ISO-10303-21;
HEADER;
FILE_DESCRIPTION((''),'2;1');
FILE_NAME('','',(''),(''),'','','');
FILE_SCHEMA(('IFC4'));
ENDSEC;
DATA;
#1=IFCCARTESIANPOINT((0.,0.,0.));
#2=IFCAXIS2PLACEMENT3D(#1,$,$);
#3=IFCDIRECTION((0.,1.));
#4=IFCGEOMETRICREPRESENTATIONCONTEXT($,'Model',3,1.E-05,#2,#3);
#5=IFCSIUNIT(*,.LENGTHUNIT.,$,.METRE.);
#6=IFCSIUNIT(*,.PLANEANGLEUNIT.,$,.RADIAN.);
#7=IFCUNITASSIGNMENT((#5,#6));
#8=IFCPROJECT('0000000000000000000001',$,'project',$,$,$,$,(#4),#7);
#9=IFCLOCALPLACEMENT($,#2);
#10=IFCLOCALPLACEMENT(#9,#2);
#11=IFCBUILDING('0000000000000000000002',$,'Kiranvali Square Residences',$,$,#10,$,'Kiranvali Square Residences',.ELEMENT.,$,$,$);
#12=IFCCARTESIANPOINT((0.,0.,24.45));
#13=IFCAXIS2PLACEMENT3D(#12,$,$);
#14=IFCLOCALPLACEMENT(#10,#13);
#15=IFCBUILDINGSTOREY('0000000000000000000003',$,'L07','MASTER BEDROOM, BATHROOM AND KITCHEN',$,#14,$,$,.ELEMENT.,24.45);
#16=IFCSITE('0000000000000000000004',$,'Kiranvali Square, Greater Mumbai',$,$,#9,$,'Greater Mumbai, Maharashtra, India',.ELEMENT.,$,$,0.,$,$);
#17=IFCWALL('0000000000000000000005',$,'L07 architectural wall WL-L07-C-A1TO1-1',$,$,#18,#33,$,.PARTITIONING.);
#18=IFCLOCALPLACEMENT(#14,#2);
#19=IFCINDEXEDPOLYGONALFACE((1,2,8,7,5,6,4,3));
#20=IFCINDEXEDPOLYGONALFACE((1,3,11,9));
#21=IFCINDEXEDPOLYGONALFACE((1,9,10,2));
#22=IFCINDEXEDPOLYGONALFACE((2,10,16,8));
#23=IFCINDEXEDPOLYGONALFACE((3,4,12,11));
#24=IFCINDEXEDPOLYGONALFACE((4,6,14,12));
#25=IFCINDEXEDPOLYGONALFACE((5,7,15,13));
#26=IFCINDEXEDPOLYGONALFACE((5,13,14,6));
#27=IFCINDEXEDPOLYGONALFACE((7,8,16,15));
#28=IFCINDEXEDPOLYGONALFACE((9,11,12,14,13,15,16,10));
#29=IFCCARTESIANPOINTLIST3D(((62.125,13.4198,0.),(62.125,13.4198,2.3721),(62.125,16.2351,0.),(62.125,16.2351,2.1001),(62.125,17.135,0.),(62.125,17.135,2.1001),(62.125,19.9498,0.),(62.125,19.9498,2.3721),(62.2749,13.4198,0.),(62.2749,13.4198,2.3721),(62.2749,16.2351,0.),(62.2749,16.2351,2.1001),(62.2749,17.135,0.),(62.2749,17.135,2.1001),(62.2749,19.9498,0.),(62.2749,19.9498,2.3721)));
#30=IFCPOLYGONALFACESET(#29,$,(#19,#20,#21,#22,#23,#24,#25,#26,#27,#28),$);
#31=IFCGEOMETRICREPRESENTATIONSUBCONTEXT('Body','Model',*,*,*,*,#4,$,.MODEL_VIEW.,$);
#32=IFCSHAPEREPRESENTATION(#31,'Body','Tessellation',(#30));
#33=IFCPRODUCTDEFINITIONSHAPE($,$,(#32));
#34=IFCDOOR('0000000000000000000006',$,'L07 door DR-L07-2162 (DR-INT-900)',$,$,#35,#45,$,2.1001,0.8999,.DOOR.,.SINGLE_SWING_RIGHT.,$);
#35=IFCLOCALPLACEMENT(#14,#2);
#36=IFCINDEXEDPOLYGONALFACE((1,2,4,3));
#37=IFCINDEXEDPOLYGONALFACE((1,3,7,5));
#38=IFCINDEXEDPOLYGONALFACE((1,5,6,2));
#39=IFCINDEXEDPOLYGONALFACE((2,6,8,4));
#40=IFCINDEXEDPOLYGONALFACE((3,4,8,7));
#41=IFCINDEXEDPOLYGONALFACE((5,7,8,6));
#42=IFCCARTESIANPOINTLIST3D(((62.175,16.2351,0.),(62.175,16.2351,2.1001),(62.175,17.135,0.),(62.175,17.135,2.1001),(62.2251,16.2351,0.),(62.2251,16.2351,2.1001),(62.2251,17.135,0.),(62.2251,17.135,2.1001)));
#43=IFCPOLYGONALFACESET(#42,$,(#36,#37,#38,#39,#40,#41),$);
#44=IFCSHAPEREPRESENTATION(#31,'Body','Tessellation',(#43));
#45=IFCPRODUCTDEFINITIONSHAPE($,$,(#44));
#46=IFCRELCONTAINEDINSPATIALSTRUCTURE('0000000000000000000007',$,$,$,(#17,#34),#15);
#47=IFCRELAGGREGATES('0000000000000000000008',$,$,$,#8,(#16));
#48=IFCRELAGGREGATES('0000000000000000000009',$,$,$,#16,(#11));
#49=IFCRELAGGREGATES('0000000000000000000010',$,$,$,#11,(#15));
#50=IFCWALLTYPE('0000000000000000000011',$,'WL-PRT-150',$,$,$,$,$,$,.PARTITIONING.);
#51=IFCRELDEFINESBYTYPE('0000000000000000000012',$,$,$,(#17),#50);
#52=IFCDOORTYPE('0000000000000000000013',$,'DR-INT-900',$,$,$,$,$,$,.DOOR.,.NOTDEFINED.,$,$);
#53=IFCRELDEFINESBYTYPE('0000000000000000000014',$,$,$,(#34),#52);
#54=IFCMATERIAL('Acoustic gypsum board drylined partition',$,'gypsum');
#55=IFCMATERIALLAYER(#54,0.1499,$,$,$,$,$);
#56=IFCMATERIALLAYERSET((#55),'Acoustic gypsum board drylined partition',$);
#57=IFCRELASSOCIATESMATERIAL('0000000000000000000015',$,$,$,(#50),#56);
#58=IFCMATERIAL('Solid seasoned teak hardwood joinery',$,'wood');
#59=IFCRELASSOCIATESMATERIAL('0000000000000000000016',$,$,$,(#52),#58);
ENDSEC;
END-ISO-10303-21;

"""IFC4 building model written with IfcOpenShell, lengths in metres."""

from ifc_helpers import new_model, si_unit, direction, frame, frame_2d, origin, place, context, subcontext, project, spatial, rectangle, extrude, material, layer, layer_set, type_object, element, fill, save


model = new_model("IFC4")

# Units and contexts
model_context = context("Model", 3, precision=1e-05, world=origin(), true_north=direction((0.0, 1.0)))
body_context = subcontext(model_context, "Body", "Model", "MODEL_VIEW")
ifc_project = project(units=[si_unit("LENGTHUNIT", "METRE"), si_unit("PLANEANGLEUNIT", "RADIAN")], contexts=[model_context])

# Site, building, storey
site_placement = place(None, origin())
site = spatial("IfcSite", under=ifc_project, at=site_placement, Name="Kiranvali Square, Greater Mumbai", LongName="Greater Mumbai, Maharashtra, India", CompositionType="ELEMENT", RefElevation=0.0)
building_placement = place(site_placement, origin())
building = spatial("IfcBuilding", under=site, at=building_placement, Name="Kiranvali Square Residences", LongName="Kiranvali Square Residences", CompositionType="ELEMENT")
storey_placement = place(building_placement, frame((0.0, 0.0, 24.45)))
storey = spatial("IfcBuildingStorey", under=building, at=storey_placement, Name="L07", Description="MASTER BEDROOM, BATHROOM AND KITCHEN", CompositionType="ELEMENT", Elevation=24.45)

# Wall, opening, door
ifc_material_1 = material(Name="Acoustic gypsum board drylined partition", Category="gypsum")
ifc_layer_1 = layer(ifc_material_1, 0.1499)
ifc_layer_set_1 = layer_set([ifc_layer_1], Name="Acoustic gypsum board drylined partition")
wall_type_1 = type_object("IfcWallType", Name="WL-PRT-150", PredefinedType="PARTITIONING", material=ifc_layer_set_1)
wall_1_placement = place(storey_placement, frame((62.2, 19.95, 0.0), z_axis=(0.0, 0.0, 1.0), x_axis=(0.0, -1.0, 0.0)))
wall_1 = element("IfcWall", 1, at=wall_1_placement, inside=storey, type_object=wall_type_1, Name="L07 architectural wall WL-L07-C-A1TO1-1", PredefinedType="PARTITIONING", context=body_context, shape_type="SweptSolid", body=[
    extrude(rectangle(XDim=6.53, YDim=0.1499, at=frame_2d((3.2651, 0.0))), origin(), (0.0, 0.0, 1.0), 2.3721),
])
opening_1_placement = place(wall_1_placement, frame((2.8149, 0.0, 0.0)))
opening_1 = element("IfcOpeningElement", 2, at=opening_1_placement, cuts=wall_1, PredefinedType="OPENING", context=body_context, shape_type="SweptSolid", body=[
    extrude(rectangle(XDim=0.8999, YDim=2.1001, at=frame_2d((0.45, 1.05))), frame((0.0, 0.085, 0.0), z_axis=(0.0, -1.0, 0.0), x_axis=(1.0, 0.0, 0.0)), (0.0, 0.0, 1.0), 0.1699),
])
ifc_material_2 = material(Name="Solid seasoned teak hardwood joinery", Category="wood")
door_type_1 = type_object("IfcDoorType", Name="DR-INT-900", OperationType="NOTDEFINED", PredefinedType="DOOR", material=ifc_material_2)
door_1_placement = place(opening_1_placement, frame((0.8999, 0.0, 0.0), z_axis=(0.0, 0.0, 1.0), x_axis=(-1.0, 0.0, 0.0)))
door_1 = element("IfcDoor", 3, at=door_1_placement, inside=storey, type_object=door_type_1, Name="L07 door DR-L07-2162 (DR-INT-900)", OperationType="SINGLE_SWING_RIGHT", OverallHeight=2.1001, OverallWidth=0.8999, PredefinedType="DOOR", context=body_context, shape_type="SweptSolid", body=[
    extrude(rectangle(XDim=0.8999, YDim=2.1001, at=frame_2d((0.45, 1.05))), frame((0.0, 0.0249, 0.0), z_axis=(0.0, -1.0, 0.0), x_axis=(1.0, 0.0, 0.0)), (0.0, 0.0, 1.0), 0.05),
])
fill(opening_1, door_1)

save(model, "model.ifc")
